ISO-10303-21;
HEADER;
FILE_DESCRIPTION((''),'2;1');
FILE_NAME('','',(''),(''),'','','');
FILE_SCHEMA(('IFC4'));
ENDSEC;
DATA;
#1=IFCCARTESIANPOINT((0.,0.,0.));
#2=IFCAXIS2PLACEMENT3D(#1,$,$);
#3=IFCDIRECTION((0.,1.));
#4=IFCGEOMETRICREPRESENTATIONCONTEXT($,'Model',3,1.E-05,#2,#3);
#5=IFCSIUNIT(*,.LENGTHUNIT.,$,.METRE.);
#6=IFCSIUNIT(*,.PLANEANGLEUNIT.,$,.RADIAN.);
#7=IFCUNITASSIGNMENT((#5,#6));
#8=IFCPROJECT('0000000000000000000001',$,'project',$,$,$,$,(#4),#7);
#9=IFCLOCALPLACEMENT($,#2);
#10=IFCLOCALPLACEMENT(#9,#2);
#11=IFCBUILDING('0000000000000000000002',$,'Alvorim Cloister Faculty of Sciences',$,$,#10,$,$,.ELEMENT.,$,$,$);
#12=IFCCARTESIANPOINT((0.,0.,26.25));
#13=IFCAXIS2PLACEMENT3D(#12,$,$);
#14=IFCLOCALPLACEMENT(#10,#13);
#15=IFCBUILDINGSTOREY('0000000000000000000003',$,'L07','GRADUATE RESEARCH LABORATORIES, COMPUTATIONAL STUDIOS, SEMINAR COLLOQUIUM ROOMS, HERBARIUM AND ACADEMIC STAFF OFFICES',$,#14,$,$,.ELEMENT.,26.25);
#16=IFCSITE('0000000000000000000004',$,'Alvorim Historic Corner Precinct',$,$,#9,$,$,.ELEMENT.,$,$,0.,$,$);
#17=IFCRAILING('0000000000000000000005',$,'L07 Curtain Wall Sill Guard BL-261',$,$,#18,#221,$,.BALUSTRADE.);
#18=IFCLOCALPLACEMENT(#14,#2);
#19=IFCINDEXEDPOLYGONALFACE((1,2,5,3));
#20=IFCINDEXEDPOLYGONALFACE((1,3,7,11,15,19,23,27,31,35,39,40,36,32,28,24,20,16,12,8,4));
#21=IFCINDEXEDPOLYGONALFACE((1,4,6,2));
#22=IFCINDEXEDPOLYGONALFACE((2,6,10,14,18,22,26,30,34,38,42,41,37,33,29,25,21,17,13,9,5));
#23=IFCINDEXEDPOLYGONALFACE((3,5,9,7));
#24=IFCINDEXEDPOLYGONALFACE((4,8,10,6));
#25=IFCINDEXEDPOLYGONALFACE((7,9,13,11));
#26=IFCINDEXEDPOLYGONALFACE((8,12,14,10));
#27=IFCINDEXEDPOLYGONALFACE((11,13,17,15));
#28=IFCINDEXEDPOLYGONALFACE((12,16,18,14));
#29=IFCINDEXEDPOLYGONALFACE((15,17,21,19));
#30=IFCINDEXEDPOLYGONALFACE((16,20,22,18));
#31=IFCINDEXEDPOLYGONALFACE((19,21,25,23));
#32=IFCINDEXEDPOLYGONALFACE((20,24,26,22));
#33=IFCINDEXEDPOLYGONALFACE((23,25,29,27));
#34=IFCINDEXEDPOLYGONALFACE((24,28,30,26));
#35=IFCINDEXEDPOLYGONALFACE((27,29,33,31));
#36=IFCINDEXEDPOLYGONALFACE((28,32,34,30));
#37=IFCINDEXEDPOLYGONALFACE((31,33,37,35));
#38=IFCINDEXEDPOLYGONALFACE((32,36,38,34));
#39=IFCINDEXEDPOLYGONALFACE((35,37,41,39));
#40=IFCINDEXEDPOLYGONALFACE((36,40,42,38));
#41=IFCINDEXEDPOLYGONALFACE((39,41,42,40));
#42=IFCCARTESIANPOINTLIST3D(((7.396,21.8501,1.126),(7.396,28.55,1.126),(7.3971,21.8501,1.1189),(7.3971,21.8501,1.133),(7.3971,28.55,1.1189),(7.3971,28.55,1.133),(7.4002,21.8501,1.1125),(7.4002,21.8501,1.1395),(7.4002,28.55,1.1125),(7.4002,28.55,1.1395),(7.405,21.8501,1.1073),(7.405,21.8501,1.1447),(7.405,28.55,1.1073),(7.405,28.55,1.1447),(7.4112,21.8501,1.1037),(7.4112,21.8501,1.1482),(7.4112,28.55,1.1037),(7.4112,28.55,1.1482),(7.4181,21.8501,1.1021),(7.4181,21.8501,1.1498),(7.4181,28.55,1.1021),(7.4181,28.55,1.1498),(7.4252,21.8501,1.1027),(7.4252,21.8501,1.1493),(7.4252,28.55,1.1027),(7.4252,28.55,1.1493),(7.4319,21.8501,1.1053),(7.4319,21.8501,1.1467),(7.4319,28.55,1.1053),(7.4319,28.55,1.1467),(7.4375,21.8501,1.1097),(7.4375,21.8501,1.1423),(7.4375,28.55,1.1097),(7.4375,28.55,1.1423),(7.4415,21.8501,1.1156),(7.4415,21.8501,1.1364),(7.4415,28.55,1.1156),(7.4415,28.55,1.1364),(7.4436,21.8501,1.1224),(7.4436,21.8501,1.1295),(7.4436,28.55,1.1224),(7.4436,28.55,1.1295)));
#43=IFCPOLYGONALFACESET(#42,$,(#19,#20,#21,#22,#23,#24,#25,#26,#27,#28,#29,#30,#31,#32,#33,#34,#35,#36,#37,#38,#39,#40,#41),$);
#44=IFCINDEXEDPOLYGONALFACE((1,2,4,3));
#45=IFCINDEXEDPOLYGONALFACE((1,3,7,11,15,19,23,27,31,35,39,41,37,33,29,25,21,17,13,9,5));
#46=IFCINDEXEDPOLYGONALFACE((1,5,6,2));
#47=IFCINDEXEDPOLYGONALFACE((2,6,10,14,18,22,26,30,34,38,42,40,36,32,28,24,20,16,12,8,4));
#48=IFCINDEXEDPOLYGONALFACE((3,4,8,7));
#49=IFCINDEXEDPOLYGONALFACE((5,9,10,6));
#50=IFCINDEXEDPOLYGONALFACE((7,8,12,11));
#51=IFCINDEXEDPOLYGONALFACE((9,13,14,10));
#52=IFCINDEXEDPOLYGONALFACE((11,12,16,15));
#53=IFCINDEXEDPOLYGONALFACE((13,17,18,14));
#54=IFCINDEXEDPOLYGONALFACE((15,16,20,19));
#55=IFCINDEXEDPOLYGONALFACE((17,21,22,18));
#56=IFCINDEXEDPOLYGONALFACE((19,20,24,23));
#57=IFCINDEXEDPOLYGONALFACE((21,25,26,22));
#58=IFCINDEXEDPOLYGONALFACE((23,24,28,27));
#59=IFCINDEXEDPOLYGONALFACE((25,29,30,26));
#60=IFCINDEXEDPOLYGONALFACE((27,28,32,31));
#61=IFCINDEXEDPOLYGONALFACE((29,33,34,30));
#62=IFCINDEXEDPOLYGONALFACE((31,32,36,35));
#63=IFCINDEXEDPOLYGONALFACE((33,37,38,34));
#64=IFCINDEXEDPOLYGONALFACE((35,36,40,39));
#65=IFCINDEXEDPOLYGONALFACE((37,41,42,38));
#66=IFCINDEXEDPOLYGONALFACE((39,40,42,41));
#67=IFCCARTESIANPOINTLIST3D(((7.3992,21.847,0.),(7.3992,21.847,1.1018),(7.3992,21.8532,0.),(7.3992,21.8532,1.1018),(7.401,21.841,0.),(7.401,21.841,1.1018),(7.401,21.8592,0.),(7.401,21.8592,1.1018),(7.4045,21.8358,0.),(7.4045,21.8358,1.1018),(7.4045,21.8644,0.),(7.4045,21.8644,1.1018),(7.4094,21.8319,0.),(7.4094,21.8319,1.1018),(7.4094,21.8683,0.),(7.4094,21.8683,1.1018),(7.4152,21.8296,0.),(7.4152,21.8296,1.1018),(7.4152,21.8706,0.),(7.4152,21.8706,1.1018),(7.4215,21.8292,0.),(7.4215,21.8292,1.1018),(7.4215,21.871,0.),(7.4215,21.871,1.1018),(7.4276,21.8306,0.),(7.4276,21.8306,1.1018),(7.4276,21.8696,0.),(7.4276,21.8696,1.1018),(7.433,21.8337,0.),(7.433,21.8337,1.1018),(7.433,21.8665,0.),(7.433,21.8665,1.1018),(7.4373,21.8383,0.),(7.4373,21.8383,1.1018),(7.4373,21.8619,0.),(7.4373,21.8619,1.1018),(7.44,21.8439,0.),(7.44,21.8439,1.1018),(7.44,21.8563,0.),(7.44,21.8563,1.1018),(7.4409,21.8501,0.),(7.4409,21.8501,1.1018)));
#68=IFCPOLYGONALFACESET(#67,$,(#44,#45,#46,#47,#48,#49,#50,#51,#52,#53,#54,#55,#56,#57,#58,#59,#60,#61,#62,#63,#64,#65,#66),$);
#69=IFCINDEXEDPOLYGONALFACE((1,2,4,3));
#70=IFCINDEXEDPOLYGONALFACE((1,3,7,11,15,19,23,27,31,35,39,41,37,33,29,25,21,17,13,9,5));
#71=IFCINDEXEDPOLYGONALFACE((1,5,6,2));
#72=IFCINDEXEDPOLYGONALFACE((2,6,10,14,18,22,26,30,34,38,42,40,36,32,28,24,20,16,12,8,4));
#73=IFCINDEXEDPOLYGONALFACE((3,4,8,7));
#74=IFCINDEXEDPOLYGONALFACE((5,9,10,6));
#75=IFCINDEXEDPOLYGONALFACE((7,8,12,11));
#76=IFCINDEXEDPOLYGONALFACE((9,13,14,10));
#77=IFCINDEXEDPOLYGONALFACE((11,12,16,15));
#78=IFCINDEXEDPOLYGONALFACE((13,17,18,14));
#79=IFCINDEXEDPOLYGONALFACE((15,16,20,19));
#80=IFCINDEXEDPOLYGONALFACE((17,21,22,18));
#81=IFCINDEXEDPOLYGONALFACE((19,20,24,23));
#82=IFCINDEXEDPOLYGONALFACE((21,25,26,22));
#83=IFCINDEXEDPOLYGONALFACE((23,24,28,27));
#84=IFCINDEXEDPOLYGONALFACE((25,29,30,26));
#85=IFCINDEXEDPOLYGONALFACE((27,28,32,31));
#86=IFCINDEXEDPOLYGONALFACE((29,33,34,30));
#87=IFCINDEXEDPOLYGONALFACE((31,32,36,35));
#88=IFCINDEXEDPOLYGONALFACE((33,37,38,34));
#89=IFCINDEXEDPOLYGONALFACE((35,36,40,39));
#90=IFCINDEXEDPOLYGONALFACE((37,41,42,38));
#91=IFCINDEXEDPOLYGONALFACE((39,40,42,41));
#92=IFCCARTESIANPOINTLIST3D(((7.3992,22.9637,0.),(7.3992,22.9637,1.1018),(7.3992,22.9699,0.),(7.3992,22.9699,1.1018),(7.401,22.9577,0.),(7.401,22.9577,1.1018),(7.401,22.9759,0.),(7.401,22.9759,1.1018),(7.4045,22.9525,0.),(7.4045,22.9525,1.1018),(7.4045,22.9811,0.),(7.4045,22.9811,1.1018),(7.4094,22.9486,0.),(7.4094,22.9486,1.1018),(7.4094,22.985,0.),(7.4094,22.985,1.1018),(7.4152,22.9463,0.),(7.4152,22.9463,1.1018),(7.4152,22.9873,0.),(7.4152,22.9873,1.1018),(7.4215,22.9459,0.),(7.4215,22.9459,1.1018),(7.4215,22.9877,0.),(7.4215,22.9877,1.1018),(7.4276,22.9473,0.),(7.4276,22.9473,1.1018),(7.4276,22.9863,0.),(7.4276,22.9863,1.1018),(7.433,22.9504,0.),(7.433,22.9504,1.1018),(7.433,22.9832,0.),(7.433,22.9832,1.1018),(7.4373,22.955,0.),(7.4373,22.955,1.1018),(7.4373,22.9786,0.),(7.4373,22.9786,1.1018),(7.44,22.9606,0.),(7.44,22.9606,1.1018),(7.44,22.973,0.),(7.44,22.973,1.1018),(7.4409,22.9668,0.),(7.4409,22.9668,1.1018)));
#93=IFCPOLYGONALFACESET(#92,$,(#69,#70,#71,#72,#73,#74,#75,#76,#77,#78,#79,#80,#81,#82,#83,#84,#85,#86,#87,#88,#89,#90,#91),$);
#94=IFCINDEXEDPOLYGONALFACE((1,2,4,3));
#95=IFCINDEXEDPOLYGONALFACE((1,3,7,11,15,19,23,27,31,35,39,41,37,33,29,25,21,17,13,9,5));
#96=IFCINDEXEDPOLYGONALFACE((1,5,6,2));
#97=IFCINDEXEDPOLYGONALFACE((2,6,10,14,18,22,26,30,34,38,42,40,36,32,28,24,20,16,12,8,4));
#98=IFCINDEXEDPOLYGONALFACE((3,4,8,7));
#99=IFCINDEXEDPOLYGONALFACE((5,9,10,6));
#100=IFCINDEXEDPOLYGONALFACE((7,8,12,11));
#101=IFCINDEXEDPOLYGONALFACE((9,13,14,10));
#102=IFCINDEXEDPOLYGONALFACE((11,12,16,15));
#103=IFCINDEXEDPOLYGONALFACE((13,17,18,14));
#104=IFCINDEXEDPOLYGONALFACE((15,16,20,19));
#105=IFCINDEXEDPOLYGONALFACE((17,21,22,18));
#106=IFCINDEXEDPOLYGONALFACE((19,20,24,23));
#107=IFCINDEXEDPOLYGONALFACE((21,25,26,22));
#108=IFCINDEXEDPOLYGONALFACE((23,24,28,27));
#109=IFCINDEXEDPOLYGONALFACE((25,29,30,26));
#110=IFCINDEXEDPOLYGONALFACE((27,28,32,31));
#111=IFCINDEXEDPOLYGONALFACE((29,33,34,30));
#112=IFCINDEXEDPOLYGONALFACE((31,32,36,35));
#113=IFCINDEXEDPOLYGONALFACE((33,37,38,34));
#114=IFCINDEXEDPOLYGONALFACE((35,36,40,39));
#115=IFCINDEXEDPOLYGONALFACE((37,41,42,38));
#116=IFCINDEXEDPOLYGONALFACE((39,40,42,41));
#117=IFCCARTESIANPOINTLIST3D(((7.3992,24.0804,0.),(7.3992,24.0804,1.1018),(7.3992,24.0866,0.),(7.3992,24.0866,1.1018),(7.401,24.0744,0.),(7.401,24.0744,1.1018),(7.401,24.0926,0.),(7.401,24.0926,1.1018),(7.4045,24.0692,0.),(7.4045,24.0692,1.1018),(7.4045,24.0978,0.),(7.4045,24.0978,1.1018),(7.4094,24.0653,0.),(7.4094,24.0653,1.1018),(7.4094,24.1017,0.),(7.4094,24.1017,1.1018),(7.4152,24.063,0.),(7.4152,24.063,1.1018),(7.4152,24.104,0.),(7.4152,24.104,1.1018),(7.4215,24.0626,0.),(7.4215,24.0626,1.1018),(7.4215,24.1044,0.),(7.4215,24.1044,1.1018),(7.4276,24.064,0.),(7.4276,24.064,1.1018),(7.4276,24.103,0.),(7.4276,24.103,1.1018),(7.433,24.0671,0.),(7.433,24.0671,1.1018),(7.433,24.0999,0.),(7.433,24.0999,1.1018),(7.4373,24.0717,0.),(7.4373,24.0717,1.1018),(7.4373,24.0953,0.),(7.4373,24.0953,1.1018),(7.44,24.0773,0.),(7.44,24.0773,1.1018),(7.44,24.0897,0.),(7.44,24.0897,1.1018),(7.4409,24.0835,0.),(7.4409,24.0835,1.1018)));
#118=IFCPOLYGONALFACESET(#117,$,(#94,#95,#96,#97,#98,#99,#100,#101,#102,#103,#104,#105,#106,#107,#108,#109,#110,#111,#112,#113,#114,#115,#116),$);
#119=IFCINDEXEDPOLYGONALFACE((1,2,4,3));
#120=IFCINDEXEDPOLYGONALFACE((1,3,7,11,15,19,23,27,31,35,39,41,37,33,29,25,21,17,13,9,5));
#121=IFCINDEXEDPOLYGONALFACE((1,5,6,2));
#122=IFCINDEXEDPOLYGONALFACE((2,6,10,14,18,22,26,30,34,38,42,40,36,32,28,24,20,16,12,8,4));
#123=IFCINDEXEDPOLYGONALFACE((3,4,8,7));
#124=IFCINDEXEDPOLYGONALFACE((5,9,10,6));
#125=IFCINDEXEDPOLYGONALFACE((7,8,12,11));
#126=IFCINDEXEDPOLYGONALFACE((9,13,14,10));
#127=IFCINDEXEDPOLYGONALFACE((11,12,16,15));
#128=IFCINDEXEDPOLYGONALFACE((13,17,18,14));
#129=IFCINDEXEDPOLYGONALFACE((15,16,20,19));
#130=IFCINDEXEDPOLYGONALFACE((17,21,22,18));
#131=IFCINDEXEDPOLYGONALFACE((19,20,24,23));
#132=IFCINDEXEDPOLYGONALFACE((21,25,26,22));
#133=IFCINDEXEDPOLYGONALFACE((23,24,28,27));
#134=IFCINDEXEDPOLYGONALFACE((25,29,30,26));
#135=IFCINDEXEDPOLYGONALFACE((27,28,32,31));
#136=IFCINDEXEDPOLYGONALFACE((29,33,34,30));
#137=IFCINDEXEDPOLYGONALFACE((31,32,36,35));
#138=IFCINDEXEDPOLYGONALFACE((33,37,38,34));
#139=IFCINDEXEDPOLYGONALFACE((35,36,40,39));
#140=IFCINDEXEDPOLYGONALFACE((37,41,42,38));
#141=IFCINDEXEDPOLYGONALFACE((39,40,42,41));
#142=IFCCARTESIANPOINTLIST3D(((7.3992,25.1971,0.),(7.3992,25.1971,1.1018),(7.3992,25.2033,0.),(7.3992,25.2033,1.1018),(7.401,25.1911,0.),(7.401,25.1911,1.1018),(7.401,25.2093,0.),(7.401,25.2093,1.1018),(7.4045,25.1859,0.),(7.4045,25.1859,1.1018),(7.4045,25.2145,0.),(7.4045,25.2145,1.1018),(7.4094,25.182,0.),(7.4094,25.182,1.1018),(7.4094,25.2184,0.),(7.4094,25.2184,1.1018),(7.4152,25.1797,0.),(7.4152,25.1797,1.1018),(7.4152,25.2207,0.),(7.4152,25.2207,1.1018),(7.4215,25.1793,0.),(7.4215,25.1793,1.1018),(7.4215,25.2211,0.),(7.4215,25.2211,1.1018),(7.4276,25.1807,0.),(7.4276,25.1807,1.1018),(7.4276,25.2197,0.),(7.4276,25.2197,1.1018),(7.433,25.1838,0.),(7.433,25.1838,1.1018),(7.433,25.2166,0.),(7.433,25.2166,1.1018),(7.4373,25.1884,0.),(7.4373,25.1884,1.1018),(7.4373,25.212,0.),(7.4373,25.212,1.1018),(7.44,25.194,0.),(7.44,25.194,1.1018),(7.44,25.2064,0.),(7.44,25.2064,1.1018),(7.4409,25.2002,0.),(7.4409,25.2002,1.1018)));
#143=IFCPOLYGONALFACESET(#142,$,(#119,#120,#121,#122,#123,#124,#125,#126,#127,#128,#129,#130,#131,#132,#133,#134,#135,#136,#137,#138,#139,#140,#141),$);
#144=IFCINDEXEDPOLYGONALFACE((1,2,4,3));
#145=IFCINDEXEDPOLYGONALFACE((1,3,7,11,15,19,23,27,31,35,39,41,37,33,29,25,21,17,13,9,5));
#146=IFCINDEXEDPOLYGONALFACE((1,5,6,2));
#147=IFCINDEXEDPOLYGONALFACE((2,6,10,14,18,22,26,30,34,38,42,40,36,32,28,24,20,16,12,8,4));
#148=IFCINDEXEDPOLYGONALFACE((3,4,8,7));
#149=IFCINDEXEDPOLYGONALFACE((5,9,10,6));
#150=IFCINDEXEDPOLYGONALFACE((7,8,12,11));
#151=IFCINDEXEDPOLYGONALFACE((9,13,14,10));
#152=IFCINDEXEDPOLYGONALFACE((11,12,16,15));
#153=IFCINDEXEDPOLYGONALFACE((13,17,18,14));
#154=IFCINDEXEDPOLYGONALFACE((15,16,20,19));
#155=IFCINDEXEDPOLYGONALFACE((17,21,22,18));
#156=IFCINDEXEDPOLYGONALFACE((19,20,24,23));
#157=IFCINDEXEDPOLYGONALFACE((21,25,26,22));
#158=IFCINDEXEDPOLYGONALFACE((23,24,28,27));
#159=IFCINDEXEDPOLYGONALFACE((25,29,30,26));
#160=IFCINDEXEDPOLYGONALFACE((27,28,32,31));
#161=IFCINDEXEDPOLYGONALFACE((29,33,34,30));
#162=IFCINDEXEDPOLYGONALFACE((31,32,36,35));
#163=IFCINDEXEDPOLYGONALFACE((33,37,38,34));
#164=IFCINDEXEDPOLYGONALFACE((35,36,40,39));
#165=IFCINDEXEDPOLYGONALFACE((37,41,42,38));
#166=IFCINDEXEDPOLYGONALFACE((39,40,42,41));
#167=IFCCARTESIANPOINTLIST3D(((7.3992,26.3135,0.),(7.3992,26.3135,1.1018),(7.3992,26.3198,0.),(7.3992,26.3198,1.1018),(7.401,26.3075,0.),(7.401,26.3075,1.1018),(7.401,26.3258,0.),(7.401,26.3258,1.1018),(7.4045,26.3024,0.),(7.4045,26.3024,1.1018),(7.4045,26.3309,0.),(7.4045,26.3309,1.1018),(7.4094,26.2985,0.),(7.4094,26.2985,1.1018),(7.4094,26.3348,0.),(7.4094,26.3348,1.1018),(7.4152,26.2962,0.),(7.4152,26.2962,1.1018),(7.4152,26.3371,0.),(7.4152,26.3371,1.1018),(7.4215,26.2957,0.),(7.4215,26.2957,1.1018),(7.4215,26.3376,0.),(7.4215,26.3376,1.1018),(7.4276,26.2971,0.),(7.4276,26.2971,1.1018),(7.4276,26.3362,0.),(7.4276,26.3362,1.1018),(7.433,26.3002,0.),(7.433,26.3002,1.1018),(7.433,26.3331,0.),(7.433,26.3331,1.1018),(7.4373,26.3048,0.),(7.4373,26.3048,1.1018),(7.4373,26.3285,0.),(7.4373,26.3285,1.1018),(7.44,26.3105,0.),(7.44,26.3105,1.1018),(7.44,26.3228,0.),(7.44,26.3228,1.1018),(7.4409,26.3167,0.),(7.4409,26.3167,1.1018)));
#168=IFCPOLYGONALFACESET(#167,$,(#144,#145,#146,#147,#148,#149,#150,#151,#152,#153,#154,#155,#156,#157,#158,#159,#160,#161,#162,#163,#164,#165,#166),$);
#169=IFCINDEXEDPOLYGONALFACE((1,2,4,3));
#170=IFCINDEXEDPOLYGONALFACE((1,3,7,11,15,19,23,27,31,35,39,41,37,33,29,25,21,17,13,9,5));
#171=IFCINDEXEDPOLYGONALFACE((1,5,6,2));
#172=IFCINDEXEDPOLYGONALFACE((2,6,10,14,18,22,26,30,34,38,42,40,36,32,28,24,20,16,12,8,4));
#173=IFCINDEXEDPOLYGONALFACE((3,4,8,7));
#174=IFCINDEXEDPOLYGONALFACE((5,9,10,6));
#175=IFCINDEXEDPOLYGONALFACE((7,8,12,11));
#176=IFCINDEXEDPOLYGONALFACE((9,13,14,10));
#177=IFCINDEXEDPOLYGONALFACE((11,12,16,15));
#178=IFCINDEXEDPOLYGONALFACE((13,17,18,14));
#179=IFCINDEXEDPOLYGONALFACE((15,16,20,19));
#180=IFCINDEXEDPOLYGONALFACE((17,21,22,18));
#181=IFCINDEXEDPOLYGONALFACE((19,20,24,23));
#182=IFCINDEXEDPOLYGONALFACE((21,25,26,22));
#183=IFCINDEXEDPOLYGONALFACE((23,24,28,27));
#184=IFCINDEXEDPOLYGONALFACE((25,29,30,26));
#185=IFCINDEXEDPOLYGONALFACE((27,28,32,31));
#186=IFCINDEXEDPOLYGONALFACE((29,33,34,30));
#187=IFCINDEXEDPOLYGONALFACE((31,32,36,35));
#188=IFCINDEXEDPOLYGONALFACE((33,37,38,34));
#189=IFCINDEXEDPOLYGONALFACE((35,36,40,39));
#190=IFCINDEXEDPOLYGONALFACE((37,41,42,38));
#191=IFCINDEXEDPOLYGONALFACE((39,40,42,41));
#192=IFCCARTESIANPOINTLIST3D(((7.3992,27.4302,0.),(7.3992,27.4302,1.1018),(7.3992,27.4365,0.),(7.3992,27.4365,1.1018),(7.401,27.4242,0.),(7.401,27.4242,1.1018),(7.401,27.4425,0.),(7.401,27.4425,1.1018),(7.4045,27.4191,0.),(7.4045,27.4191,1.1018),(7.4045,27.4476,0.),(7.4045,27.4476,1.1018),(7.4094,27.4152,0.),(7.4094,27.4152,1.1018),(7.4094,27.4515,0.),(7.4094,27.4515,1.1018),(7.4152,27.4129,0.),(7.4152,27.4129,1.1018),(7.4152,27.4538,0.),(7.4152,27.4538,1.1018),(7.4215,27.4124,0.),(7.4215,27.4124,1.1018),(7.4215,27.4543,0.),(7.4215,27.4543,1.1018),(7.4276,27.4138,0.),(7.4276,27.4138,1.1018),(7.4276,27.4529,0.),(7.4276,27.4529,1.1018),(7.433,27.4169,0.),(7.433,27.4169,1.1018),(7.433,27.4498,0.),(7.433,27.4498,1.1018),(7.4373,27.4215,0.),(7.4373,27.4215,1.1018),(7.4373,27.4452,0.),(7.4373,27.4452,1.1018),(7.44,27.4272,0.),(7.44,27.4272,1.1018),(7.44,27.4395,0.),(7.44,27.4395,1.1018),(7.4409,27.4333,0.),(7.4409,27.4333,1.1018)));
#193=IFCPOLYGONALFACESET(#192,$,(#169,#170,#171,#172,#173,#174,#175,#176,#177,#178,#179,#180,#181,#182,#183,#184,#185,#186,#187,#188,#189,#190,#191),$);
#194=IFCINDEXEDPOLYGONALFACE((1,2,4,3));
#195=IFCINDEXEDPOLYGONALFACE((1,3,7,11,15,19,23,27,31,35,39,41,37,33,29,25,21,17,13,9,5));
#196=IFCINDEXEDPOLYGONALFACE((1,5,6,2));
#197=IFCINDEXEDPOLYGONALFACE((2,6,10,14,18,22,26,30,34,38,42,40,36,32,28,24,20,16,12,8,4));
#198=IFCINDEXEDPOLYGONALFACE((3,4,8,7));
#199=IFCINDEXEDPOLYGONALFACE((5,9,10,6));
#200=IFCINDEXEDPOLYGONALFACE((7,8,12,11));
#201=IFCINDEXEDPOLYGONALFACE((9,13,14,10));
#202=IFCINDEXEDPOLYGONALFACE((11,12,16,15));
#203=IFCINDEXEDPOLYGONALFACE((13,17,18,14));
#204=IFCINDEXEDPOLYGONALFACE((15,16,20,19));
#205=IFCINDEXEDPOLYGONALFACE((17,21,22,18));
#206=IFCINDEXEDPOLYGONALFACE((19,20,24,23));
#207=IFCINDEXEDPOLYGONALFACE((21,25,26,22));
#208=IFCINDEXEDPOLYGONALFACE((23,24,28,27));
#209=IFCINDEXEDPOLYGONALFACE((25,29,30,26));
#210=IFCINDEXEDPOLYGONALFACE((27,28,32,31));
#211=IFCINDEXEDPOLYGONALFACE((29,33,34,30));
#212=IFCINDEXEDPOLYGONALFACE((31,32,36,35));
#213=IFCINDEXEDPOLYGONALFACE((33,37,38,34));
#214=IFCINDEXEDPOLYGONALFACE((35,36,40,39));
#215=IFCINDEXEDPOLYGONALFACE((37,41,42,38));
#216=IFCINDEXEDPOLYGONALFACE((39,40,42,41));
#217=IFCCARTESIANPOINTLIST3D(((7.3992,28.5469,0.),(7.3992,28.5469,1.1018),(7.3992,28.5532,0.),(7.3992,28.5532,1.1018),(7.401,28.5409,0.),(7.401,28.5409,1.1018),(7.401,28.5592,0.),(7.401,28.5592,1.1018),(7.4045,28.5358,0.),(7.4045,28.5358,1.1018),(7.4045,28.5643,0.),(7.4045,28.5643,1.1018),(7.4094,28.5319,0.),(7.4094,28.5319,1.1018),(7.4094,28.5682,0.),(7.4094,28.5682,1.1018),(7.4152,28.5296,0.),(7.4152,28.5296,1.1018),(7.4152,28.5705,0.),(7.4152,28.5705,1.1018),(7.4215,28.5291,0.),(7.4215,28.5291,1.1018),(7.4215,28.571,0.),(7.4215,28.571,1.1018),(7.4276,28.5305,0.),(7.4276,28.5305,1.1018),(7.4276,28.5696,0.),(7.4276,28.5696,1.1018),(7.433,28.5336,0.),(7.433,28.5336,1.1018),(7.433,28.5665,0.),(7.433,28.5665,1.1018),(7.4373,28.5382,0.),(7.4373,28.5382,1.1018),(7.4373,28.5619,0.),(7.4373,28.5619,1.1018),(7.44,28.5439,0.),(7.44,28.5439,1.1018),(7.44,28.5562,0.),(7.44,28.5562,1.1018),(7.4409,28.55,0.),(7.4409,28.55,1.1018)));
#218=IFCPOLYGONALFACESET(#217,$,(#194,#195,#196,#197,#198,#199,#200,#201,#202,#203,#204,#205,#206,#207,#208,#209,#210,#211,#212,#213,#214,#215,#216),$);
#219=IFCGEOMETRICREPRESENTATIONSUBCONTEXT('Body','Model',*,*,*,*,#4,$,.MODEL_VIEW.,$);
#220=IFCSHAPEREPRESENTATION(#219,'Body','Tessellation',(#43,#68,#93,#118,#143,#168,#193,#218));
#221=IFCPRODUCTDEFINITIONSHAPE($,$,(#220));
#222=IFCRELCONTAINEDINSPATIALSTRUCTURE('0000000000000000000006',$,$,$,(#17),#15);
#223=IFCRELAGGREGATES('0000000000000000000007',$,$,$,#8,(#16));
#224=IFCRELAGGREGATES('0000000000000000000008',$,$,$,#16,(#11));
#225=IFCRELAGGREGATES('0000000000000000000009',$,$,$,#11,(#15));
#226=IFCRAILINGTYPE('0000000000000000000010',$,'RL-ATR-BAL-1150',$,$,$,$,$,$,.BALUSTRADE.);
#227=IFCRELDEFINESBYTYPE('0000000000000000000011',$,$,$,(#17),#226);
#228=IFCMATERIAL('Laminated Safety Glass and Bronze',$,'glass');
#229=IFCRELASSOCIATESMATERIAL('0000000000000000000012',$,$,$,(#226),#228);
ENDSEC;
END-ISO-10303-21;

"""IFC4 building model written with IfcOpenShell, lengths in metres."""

from ifc_helpers import new_model, si_unit, direction, frame, origin, origin_2d, place, context, subcontext, project, spatial, circle, extrude, material, type_object, element, save


model = new_model("IFC4")

# Units and contexts
model_context = context("Model", 3, precision=1e-05, world=origin(), true_north=direction((0.0, 1.0)))
body_context = subcontext(model_context, "Body", "Model", "MODEL_VIEW")
ifc_project = project(units=[si_unit("LENGTHUNIT", "METRE"), si_unit("PLANEANGLEUNIT", "RADIAN")], contexts=[model_context])

# Site, building, storey
site_placement = place(None, origin())
site = spatial("IfcSite", under=ifc_project, at=site_placement, Name="Alvorim Historic Corner Precinct", CompositionType="ELEMENT", RefElevation=0.0)
building_placement = place(site_placement, origin())
building = spatial("IfcBuilding", under=site, at=building_placement, Name="Alvorim Cloister Faculty of Sciences", CompositionType="ELEMENT")
storey_placement = place(building_placement, frame((0.0, 0.0, 26.25)))
storey = spatial("IfcBuildingStorey", under=building, at=storey_placement, Name="L07", Description="GRADUATE RESEARCH LABORATORIES, COMPUTATIONAL STUDIOS, SEMINAR COLLOQUIUM ROOMS, HERBARIUM AND ACADEMIC STAFF OFFICES", CompositionType="ELEMENT", Elevation=26.25)

# Railing
ifc_material_1 = material(Name="Laminated Safety Glass and Bronze", Category="glass")
railing_type = type_object("IfcRailingType", Name="RL-ATR-BAL-1150", PredefinedType="BALUSTRADE", material=ifc_material_1)
railing_placement = place(storey_placement, frame((7.4199, 21.8501, 0.0)))
element("IfcRailing", 1, at=railing_placement, inside=storey, type_object=railing_type, Name="L07 Curtain Wall Sill Guard BL-261", PredefinedType="BALUSTRADE", context=body_context, shape_type="SweptSolid", body=[
    extrude(circle(Radius=0.0239, at=origin_2d()), frame((0.0, 0.0, 1.126), z_axis=(0.0, 1.0, 0.0), x_axis=(-1.0, 0.0, 0.0)), (0.0, 0.0, 1.0), 6.7),
    extrude(circle(Radius=0.021, at=origin_2d()), origin(), (0.0, 0.0, 1.0), 1.1018),
    extrude(circle(Radius=0.021, at=origin_2d()), frame((0.0, 1.1167, 0.0)), (0.0, 0.0, 1.0), 1.1018),
    extrude(circle(Radius=0.021, at=origin_2d()), frame((0.0, 2.2334, 0.0)), (0.0, 0.0, 1.0), 1.1018),
    extrude(circle(Radius=0.021, at=origin_2d()), frame((0.0, 3.3501, 0.0)), (0.0, 0.0, 1.0), 1.1018),
    extrude(circle(Radius=0.021, at=origin_2d()), frame((0.0, 4.4666, 0.0)), (0.0, 0.0, 1.0), 1.1018),
    extrude(circle(Radius=0.021, at=origin_2d()), frame((0.0, 5.5833, 0.0)), (0.0, 0.0, 1.0), 1.1018),
    extrude(circle(Radius=0.021, at=origin_2d()), frame((0.0, 6.7, 0.0)), (0.0, 0.0, 1.0), 1.1018),
])

save(model, "model.ifc")
